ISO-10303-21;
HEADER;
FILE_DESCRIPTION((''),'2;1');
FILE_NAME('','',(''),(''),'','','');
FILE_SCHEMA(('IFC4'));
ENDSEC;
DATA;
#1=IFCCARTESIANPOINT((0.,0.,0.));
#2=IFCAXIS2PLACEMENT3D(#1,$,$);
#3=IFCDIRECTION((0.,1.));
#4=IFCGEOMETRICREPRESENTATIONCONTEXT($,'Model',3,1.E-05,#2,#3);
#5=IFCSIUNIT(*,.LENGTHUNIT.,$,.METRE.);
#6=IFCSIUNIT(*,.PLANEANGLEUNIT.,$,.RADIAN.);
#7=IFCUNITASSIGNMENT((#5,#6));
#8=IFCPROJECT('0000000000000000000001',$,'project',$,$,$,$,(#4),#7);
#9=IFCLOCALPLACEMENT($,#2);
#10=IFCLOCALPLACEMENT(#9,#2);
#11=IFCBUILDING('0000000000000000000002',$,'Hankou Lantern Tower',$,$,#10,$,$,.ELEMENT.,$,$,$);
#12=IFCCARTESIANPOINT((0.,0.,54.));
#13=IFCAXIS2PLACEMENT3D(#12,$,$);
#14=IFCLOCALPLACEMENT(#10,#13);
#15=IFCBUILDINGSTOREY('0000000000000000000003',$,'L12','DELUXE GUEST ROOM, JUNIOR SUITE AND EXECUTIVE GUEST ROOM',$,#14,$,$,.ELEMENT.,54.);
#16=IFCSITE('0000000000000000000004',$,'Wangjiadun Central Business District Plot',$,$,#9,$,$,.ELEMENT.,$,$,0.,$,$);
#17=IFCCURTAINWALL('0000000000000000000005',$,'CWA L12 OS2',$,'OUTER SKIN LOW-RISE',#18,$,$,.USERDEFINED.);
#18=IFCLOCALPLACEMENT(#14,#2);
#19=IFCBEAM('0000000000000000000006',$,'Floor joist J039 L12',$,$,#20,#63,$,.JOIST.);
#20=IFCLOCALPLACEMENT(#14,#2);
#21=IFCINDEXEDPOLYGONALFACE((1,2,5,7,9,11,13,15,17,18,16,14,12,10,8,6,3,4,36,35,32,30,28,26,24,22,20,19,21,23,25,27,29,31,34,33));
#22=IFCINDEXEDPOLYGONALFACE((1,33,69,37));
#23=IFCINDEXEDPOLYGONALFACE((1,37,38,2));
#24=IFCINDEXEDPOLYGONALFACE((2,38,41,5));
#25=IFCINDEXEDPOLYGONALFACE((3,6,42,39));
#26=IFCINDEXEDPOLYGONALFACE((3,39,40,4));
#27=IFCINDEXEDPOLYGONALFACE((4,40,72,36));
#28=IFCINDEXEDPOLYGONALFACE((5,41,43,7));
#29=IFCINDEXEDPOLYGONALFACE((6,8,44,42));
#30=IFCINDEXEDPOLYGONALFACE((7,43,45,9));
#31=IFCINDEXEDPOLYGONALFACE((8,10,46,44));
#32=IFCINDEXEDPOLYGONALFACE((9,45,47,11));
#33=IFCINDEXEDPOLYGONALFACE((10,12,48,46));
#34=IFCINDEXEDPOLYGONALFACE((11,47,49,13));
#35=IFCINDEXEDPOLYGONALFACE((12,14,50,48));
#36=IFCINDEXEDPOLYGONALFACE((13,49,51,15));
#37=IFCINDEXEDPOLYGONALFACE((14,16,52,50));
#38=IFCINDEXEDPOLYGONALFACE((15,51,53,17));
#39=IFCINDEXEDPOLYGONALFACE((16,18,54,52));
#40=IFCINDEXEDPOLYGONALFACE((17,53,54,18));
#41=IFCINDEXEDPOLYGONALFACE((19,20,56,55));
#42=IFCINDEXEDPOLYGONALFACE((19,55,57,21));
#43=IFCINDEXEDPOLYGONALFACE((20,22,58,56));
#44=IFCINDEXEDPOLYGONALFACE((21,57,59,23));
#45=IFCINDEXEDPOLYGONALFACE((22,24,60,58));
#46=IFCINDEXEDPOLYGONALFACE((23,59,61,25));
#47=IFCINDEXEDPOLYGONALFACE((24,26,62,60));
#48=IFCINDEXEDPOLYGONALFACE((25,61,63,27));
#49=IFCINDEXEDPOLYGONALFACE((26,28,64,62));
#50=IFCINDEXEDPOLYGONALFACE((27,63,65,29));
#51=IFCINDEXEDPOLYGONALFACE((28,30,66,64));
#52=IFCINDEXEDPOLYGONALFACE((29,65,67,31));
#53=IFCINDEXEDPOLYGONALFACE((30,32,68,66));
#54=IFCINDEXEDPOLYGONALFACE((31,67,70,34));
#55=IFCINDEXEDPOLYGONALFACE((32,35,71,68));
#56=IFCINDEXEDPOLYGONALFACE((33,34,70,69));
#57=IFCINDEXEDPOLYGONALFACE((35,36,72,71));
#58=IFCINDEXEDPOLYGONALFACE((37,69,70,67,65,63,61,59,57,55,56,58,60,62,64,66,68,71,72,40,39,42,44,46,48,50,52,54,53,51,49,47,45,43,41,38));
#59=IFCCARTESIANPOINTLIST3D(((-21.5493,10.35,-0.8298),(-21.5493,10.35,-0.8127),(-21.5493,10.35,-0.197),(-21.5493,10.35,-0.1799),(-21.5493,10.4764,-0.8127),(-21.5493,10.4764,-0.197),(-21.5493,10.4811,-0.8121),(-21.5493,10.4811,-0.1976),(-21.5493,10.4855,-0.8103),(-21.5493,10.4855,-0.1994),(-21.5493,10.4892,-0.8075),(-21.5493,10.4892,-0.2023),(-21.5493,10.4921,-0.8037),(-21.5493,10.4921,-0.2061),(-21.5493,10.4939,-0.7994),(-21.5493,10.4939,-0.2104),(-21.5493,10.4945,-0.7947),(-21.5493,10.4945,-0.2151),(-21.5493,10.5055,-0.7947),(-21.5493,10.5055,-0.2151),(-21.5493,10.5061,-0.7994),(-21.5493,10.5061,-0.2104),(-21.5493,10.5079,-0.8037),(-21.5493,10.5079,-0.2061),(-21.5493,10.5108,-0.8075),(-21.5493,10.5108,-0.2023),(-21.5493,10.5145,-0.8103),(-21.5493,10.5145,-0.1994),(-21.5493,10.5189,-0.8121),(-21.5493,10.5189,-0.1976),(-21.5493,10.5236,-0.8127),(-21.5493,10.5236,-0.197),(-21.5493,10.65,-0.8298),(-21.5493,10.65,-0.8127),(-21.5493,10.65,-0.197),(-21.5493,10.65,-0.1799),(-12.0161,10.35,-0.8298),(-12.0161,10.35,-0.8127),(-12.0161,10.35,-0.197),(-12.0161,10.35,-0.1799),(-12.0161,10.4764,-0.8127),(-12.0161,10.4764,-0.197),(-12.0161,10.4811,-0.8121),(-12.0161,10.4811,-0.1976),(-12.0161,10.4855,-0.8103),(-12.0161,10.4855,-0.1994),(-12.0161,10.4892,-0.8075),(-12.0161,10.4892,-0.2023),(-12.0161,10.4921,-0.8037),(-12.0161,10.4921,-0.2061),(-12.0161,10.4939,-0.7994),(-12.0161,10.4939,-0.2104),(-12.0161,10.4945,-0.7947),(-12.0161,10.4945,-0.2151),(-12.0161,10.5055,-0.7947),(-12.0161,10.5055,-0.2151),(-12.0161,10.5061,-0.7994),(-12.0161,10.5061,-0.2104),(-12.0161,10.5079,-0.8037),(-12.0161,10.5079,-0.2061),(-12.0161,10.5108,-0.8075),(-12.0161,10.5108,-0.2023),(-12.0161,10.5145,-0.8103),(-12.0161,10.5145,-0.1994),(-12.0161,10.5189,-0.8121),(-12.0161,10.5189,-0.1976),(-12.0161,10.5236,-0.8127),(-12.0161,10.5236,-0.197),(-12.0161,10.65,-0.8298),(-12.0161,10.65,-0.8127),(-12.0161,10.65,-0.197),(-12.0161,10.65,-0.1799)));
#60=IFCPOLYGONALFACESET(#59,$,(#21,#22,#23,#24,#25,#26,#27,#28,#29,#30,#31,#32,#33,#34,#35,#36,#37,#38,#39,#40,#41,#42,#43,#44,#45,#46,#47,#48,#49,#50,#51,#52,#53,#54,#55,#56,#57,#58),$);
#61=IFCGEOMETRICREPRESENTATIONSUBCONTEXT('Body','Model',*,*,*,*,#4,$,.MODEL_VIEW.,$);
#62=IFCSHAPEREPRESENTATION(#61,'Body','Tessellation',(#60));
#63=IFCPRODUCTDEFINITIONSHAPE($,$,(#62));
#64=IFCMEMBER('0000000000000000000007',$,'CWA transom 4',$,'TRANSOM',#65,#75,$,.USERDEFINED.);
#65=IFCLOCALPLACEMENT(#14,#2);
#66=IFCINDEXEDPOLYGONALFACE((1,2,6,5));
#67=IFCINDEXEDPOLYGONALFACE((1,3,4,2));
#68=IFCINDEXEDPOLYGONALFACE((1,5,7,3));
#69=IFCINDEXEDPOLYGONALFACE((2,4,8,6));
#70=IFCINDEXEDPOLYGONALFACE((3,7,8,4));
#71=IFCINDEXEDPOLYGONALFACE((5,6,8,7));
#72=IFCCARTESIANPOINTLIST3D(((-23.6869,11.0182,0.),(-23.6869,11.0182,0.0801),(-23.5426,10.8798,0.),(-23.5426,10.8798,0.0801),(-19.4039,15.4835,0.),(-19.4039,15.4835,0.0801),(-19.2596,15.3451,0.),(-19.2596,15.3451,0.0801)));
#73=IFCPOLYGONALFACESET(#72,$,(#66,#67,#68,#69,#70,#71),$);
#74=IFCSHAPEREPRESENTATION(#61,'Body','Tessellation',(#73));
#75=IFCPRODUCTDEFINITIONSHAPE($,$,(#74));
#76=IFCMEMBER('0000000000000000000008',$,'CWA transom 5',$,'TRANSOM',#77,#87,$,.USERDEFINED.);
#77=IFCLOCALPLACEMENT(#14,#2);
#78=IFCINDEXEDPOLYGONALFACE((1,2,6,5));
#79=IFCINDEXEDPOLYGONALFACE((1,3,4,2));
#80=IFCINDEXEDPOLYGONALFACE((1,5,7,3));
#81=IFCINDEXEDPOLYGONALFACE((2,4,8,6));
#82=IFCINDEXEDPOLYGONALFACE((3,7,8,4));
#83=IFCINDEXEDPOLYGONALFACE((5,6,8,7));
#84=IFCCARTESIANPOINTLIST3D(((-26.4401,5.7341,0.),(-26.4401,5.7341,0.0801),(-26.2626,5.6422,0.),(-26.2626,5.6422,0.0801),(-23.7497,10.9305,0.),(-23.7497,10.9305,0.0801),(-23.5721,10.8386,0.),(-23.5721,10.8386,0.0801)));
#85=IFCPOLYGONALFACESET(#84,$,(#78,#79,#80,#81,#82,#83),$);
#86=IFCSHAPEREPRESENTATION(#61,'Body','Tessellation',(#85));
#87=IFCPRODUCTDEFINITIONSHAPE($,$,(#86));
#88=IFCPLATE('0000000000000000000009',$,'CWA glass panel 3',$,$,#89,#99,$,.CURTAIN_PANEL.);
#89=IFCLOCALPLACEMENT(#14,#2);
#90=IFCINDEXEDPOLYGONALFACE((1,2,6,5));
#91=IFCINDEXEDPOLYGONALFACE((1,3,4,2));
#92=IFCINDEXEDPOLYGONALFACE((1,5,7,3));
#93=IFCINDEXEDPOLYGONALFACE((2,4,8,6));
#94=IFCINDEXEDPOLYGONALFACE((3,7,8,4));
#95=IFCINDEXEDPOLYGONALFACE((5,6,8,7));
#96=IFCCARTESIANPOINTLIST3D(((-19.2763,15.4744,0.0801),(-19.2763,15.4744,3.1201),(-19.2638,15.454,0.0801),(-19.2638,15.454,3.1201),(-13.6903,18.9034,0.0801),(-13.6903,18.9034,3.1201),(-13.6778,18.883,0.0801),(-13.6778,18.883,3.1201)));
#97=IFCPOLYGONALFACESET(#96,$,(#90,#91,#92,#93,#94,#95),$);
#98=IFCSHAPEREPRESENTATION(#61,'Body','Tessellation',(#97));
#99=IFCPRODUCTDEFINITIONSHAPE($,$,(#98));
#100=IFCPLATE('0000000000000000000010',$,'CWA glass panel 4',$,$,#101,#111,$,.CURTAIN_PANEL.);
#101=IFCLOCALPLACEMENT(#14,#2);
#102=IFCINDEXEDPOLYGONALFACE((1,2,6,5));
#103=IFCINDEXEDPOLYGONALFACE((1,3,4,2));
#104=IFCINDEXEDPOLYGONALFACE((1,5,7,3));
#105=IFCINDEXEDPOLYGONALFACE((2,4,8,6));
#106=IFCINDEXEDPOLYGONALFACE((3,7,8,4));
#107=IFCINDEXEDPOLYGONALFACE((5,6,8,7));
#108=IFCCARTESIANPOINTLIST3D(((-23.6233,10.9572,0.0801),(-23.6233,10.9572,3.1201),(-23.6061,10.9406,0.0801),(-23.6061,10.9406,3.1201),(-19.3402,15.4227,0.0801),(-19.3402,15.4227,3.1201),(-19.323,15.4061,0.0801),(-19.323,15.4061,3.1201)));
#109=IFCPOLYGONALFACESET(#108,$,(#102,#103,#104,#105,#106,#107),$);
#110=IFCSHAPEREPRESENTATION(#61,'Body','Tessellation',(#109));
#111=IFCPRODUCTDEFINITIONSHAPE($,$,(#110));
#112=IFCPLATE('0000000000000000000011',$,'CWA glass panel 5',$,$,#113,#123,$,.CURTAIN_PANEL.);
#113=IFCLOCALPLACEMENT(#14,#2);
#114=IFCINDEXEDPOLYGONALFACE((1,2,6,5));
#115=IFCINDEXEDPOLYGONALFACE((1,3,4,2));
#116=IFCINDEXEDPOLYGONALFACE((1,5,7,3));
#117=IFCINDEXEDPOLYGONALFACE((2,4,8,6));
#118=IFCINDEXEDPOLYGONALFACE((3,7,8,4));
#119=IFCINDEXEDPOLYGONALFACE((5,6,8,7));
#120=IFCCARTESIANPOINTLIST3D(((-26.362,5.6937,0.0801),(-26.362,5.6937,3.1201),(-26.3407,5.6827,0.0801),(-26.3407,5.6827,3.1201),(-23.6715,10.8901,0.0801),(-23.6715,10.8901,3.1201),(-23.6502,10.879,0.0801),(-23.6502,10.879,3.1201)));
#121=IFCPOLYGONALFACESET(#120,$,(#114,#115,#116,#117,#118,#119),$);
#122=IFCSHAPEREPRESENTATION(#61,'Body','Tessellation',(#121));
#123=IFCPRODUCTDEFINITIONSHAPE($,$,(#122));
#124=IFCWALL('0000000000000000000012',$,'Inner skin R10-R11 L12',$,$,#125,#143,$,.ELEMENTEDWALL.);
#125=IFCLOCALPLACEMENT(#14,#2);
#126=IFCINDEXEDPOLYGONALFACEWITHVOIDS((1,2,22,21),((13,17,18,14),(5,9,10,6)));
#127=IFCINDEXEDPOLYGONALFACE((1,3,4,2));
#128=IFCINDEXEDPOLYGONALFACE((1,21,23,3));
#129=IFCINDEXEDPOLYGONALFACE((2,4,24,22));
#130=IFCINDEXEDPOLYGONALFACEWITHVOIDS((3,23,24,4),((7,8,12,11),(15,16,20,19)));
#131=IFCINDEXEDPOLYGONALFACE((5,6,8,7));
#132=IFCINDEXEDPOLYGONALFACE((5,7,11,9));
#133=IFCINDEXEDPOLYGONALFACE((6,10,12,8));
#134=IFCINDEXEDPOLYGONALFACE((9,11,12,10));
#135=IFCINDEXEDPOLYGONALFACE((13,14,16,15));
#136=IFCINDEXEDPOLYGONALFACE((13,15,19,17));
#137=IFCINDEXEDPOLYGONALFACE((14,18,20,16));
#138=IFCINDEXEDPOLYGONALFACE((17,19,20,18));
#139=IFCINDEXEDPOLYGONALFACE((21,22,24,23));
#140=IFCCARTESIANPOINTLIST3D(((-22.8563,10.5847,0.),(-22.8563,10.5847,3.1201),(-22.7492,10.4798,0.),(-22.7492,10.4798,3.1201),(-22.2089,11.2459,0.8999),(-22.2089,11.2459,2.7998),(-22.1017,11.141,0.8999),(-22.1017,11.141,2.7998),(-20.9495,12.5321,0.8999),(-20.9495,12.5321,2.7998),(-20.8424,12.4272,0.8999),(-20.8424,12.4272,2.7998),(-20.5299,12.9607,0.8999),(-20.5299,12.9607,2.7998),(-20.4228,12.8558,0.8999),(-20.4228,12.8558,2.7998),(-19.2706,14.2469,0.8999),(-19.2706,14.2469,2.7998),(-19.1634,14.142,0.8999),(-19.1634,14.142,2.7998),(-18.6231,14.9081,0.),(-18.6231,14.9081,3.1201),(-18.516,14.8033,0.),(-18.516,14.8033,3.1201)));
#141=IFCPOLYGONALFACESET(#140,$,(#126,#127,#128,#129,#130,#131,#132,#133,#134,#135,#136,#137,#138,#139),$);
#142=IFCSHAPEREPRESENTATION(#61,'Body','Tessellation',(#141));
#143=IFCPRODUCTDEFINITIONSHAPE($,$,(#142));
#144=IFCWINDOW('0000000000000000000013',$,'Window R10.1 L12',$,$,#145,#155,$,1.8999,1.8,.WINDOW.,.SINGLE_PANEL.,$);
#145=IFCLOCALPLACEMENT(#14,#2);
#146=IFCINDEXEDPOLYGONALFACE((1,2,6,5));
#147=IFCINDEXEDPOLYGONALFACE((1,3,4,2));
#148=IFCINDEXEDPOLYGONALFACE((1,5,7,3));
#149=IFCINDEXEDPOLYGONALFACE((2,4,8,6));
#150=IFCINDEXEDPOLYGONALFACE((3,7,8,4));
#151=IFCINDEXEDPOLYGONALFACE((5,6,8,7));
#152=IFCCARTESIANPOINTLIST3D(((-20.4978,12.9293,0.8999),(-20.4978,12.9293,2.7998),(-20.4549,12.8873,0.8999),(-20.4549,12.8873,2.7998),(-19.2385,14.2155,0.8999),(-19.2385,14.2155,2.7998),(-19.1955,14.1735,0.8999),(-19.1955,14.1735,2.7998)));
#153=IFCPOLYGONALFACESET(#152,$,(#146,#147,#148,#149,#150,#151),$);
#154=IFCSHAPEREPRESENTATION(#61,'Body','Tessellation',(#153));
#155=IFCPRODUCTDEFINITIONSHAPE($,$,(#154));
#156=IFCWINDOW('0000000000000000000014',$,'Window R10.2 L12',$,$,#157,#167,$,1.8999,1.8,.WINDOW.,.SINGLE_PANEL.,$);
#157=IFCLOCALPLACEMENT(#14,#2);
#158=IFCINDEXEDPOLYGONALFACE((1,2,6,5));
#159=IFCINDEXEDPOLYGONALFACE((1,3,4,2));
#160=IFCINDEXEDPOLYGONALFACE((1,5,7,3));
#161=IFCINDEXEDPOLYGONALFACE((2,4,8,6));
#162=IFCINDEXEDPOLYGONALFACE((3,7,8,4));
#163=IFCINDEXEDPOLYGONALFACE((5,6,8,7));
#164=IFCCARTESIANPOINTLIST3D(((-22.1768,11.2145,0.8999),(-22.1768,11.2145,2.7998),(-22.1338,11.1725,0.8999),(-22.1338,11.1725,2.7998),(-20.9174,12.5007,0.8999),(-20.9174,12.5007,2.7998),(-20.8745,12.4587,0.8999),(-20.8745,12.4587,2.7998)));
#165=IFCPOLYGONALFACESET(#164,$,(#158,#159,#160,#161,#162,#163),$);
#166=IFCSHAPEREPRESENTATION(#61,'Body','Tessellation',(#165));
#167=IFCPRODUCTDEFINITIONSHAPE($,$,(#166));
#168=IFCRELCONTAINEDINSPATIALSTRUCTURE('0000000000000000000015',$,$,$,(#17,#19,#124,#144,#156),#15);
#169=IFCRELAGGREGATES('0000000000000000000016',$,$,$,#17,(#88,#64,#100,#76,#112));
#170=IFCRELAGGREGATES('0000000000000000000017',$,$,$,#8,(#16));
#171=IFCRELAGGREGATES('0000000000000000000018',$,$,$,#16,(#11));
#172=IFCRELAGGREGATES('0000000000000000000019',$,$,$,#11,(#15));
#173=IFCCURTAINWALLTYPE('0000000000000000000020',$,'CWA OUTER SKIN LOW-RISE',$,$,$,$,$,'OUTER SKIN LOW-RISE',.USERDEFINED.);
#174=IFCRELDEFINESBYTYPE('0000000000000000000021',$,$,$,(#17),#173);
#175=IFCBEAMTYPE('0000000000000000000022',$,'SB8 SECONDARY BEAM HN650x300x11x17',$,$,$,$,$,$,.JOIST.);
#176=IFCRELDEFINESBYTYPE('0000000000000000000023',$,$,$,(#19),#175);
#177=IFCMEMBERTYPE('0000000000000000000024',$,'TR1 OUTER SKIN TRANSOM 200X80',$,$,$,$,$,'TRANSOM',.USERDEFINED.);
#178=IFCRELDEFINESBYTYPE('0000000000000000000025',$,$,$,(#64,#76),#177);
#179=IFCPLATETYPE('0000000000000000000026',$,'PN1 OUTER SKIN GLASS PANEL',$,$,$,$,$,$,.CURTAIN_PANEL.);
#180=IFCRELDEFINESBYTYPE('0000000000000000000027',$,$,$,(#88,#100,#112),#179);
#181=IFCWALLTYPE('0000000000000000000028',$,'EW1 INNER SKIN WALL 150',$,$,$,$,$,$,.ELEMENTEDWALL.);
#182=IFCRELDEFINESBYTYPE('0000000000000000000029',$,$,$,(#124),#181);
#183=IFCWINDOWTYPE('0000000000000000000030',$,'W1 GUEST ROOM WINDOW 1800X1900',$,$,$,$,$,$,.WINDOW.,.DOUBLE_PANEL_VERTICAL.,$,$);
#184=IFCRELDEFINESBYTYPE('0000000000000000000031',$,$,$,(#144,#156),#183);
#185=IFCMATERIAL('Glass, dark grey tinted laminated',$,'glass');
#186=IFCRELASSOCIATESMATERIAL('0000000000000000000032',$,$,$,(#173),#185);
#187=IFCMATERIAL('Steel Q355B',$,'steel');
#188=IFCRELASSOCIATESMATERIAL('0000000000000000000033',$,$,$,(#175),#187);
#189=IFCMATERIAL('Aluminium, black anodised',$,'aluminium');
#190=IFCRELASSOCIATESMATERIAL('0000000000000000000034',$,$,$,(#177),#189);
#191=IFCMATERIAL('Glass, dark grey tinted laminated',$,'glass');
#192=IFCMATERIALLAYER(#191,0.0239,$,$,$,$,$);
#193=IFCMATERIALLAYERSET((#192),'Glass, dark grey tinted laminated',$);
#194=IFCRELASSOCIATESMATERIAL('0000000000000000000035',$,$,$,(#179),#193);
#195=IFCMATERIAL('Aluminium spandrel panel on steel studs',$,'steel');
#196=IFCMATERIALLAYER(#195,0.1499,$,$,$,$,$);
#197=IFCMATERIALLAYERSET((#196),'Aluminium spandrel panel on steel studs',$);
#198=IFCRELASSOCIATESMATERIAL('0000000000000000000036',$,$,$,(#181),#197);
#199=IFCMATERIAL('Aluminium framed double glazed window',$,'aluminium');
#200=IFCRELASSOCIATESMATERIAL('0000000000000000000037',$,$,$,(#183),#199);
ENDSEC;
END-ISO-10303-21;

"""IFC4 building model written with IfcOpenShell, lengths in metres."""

from ifc_helpers import new_model, si_unit, direction, frame, frame_2d, origin, origin_2d, place, context, subcontext, project, spatial, rectangle, i_section, extrude, material, layer, layer_set, material_profile, profile_set, type_object, element, fill, aggregate, save


model = new_model("IFC4")

# Units and contexts
model_context = context("Model", 3, precision=1e-05, world=origin(), true_north=direction((0.0, 1.0)))
body_context = subcontext(model_context, "Body", "Model", "MODEL_VIEW")
ifc_project = project(units=[si_unit("LENGTHUNIT", "METRE"), si_unit("PLANEANGLEUNIT", "RADIAN")], contexts=[model_context])

# Site, building, storey
site_placement = place(None, origin())
site = spatial("IfcSite", under=ifc_project, at=site_placement, Name="Wangjiadun Central Business District Plot", CompositionType="ELEMENT", RefElevation=0.0)
building_placement = place(site_placement, origin())
building = spatial("IfcBuilding", under=site, at=building_placement, Name="Hankou Lantern Tower", CompositionType="ELEMENT")
storey_placement = place(building_placement, frame((0.0, 0.0, 54.0)))
storey = spatial("IfcBuildingStorey", under=building, at=storey_placement, Name="L12", Description="DELUXE GUEST ROOM, JUNIOR SUITE AND EXECUTIVE GUEST ROOM", CompositionType="ELEMENT", Elevation=54.0)

# Curtain wall
ifc_material_1 = material(Name="Glass, dark grey tinted laminated", Category="glass")
curtain_wall_type = type_object("IfcCurtainWallType", Name="CWA OUTER SKIN LOW-RISE", ElementType="OUTER SKIN LOW-RISE", PredefinedType="USERDEFINED", material=ifc_material_1)
curtain_wall_placement = place(storey_placement, origin())
curtain_wall = element("IfcCurtainWall", 1, at=curtain_wall_placement, inside=storey, type_object=curtain_wall_type, Name="CWA L12 OS2", ObjectType="OUTER SKIN LOW-RISE", PredefinedType="USERDEFINED")

# Beam
ifc_material_2 = material(Name="Steel Q355B", Category="steel")
ifc_material_profile_1 = material_profile(ifc_material_2, i_section(OverallWidth=0.3, OverallDepth=0.6499, WebThickness=0.011, FlangeThickness=0.0171, FilletRadius=0.0181, at=origin_2d()), Name="HN650x300x11x17")
ifc_profile_set_1 = profile_set([ifc_material_profile_1], Name="Steel Q355B")
beam_type_1 = type_object("IfcBeamType", Name="SB8 SECONDARY BEAM HN650x300x11x17", PredefinedType="JOIST", material=ifc_profile_set_1)
beam_1_placement = place(storey_placement, frame((-21.5493, 10.5, -0.5049), z_axis=(1.0, 0.0, 0.0), x_axis=(0.0, 1.0, 0.0)))
element("IfcBeam", 2, at=beam_1_placement, inside=storey, type_object=beam_type_1, Name="Floor joist J039 L12", PredefinedType="JOIST", context=body_context, shape_type="SweptSolid", body=[
    extrude(i_section(OverallWidth=0.3, OverallDepth=0.6499, WebThickness=0.011, FlangeThickness=0.0171, FilletRadius=0.0181, at=origin_2d()), origin(), (0.0, 0.0, 1.0), 9.5332),
])

# Members
ifc_material_3 = material(Name="Aluminium, black anodised", Category="aluminium")
ifc_material_profile_2 = material_profile(ifc_material_3, rectangle(XDim=0.2, YDim=0.0801, at=origin_2d()), Name="TR1 200X80")
ifc_profile_set_2 = profile_set([ifc_material_profile_2], Name="Aluminium, black anodised")
member_type_1 = type_object("IfcMemberType", Name="TR1 OUTER SKIN TRANSOM 200X80", ElementType="TRANSOM", PredefinedType="USERDEFINED", material=ifc_profile_set_2)
member_1_placement = place(storey_placement, frame((-19.3318, 15.4143, 0.04), z_axis=(-0.692216, -0.721691, 0.0), x_axis=(0.721691, -0.692216, 0.0)))
member_1 = element("IfcMember", 3, at=member_1_placement, type_object=member_type_1, Name="CWA transom 4", ObjectType="TRANSOM", PredefinedType="USERDEFINED", context=body_context, shape_type="SweptSolid", body=[
    extrude(rectangle(XDim=0.2, YDim=0.0801, at=origin_2d()), origin(), (0.0, 0.0, 1.0), 6.1873),
])
member_2_placement = place(storey_placement, frame((-23.6609, 10.8845, 0.04), z_axis=(-0.459786, -0.88803, 0.0), x_axis=(0.88803, -0.459786, 0.0)))
member_2 = element("IfcMember", 4, at=member_2_placement, type_object=member_type_1, Name="CWA transom 5", ObjectType="TRANSOM", PredefinedType="USERDEFINED", context=body_context, shape_type="SweptSolid", body=[
    extrude(rectangle(XDim=0.2, YDim=0.0801, at=origin_2d()), origin(), (0.0, 0.0, 1.0), 5.8516),
])

# Plates
ifc_material_4 = material(Name="Glass, dark grey tinted laminated", Category="glass")
ifc_layer_1 = layer(ifc_material_4, 0.0239)
ifc_layer_set_1 = layer_set([ifc_layer_1], Name="Glass, dark grey tinted laminated")
plate_type = type_object("IfcPlateType", Name="PN1 OUTER SKIN GLASS PANEL", PredefinedType="CURTAIN_PANEL", material=ifc_layer_set_1)
plate_1_placement = place(storey_placement, frame((-16.4771, 17.1787, 0.0801), z_axis=(0.0, 0.0, 1.0), x_axis=(-0.852237, -0.523156, 0.0)))
plate_1 = element("IfcPlate", 5, at=plate_1_placement, type_object=plate_type, Name="CWA glass panel 3", PredefinedType="CURTAIN_PANEL", context=body_context, shape_type="SweptSolid", body=[
    extrude(rectangle(XDim=6.5544, YDim=0.0239, at=origin_2d()), origin(), (0.0, 0.0, 1.0), 3.04),
])
plate_2_placement = place(storey_placement, frame((-21.4731, 13.1816, 0.0801), z_axis=(0.0, 0.0, 1.0), x_axis=(-0.692216, -0.721691, 0.0)))
plate_2 = element("IfcPlate", 6, at=plate_2_placement, type_object=plate_type, Name="CWA glass panel 4", PredefinedType="CURTAIN_PANEL", context=body_context, shape_type="SweptSolid", body=[
    extrude(rectangle(XDim=6.1875, YDim=0.0239, at=origin_2d()), origin(), (0.0, 0.0, 1.0), 3.04),
])
plate_3_placement = place(storey_placement, frame((-25.0061, 8.2864, 0.0801), z_axis=(0.0, 0.0, 1.0), x_axis=(-0.459791, -0.888027, 0.0)))
plate_3 = element("IfcPlate", 7, at=plate_3_placement, type_object=plate_type, Name="CWA glass panel 5", PredefinedType="CURTAIN_PANEL", context=body_context, shape_type="SweptSolid", body=[
    extrude(rectangle(XDim=5.8516, YDim=0.0239, at=origin_2d()), origin(), (0.0, 0.0, 1.0), 3.04),
])
aggregate(curtain_wall, [plate_1, member_1, plate_2, member_2, plate_3])

# Wall, openings, windows
ifc_material_5 = material(Name="Aluminium spandrel panel on steel studs", Category="steel")
ifc_layer_2 = layer(ifc_material_5, 0.1499)
ifc_layer_set_2 = layer_set([ifc_layer_2], Name="Aluminium spandrel panel on steel studs")
wall_type_1 = type_object("IfcWallType", Name="EW1 INNER SKIN WALL 150", PredefinedType="ELEMENTEDWALL", material=ifc_layer_set_2)
wall_1_placement = place(storey_placement, frame((-18.5696, 14.8557, 0.0), z_axis=(0.0, 0.0, 1.0), x_axis=(-0.699603, -0.714532, 0.0)))
wall_1 = element("IfcWall", 8, at=wall_1_placement, inside=storey, type_object=wall_type_1, Name="Inner skin R10-R11 L12", PredefinedType="ELEMENTEDWALL", context=body_context, shape_type="SweptSolid", body=[
    extrude(rectangle(XDim=6.0508, YDim=0.1499, at=frame_2d((3.0254, 0.0))), origin(), (0.0, 0.0, 1.0), 3.1201),
])
opening_1_placement = place(wall_1_placement, frame((0.9255, 0.0, 0.8999)))
opening_1 = element("IfcOpeningElement", 9, at=opening_1_placement, cuts=wall_1, PredefinedType="OPENING", context=body_context, shape_type="SweptSolid", body=[
    extrude(rectangle(XDim=1.8, YDim=1.8999, at=frame_2d((0.8999, 0.95))), frame((0.0, 0.085, 0.0), z_axis=(0.0, -1.0, 0.0), x_axis=(1.0, 0.0, 0.0)), (0.0, 0.0, 1.0), 0.1699),
])
opening_2_placement = place(wall_1_placement, frame((3.3254, 0.0, 0.8999)))
opening_2 = element("IfcOpeningElement", 10, at=opening_2_placement, cuts=wall_1, PredefinedType="OPENING", context=body_context, shape_type="SweptSolid", body=[
    extrude(rectangle(XDim=1.8, YDim=1.8999, at=frame_2d((0.8999, 0.95))), frame((0.0, 0.085, 0.0), z_axis=(0.0, -1.0, 0.0), x_axis=(1.0, 0.0, 0.0)), (0.0, 0.0, 1.0), 0.1699),
])
ifc_material_6 = material(Name="Aluminium framed double glazed window", Category="aluminium")
window_type = type_object("IfcWindowType", Name="W1 GUEST ROOM WINDOW 1800X1900", PartitioningType="DOUBLE_PANEL_VERTICAL", PredefinedType="WINDOW", material=ifc_material_6)
window_1_placement = place(opening_1_placement, origin())
window_1 = element("IfcWindow", 11, at=window_1_placement, inside=storey, type_object=window_type, Name="Window R10.1 L12", OverallHeight=1.8999, OverallWidth=1.8, PartitioningType="SINGLE_PANEL", PredefinedType="WINDOW", context=body_context, shape_type="SweptSolid", body=[
    extrude(rectangle(XDim=1.8, YDim=1.8999, at=frame_2d((0.8999, 0.95))), frame((0.0, 0.03, 0.0), z_axis=(0.0, -1.0, 0.0), x_axis=(1.0, 0.0, 0.0)), (0.0, 0.0, 1.0), 0.0601),
])
fill(opening_1, window_1)
window_2_placement = place(opening_2_placement, origin())
window_2 = element("IfcWindow", 12, at=window_2_placement, inside=storey, type_object=window_type, Name="Window R10.2 L12", OverallHeight=1.8999, OverallWidth=1.8, PartitioningType="SINGLE_PANEL", PredefinedType="WINDOW", context=body_context, shape_type="SweptSolid", body=[
    extrude(rectangle(XDim=1.8, YDim=1.8999, at=frame_2d((0.8999, 0.95))), frame((0.0, 0.03, 0.0), z_axis=(0.0, -1.0, 0.0), x_axis=(1.0, 0.0, 0.0)), (0.0, 0.0, 1.0), 0.0601),
])
fill(opening_2, window_2)

save(model, "model.ifc")
